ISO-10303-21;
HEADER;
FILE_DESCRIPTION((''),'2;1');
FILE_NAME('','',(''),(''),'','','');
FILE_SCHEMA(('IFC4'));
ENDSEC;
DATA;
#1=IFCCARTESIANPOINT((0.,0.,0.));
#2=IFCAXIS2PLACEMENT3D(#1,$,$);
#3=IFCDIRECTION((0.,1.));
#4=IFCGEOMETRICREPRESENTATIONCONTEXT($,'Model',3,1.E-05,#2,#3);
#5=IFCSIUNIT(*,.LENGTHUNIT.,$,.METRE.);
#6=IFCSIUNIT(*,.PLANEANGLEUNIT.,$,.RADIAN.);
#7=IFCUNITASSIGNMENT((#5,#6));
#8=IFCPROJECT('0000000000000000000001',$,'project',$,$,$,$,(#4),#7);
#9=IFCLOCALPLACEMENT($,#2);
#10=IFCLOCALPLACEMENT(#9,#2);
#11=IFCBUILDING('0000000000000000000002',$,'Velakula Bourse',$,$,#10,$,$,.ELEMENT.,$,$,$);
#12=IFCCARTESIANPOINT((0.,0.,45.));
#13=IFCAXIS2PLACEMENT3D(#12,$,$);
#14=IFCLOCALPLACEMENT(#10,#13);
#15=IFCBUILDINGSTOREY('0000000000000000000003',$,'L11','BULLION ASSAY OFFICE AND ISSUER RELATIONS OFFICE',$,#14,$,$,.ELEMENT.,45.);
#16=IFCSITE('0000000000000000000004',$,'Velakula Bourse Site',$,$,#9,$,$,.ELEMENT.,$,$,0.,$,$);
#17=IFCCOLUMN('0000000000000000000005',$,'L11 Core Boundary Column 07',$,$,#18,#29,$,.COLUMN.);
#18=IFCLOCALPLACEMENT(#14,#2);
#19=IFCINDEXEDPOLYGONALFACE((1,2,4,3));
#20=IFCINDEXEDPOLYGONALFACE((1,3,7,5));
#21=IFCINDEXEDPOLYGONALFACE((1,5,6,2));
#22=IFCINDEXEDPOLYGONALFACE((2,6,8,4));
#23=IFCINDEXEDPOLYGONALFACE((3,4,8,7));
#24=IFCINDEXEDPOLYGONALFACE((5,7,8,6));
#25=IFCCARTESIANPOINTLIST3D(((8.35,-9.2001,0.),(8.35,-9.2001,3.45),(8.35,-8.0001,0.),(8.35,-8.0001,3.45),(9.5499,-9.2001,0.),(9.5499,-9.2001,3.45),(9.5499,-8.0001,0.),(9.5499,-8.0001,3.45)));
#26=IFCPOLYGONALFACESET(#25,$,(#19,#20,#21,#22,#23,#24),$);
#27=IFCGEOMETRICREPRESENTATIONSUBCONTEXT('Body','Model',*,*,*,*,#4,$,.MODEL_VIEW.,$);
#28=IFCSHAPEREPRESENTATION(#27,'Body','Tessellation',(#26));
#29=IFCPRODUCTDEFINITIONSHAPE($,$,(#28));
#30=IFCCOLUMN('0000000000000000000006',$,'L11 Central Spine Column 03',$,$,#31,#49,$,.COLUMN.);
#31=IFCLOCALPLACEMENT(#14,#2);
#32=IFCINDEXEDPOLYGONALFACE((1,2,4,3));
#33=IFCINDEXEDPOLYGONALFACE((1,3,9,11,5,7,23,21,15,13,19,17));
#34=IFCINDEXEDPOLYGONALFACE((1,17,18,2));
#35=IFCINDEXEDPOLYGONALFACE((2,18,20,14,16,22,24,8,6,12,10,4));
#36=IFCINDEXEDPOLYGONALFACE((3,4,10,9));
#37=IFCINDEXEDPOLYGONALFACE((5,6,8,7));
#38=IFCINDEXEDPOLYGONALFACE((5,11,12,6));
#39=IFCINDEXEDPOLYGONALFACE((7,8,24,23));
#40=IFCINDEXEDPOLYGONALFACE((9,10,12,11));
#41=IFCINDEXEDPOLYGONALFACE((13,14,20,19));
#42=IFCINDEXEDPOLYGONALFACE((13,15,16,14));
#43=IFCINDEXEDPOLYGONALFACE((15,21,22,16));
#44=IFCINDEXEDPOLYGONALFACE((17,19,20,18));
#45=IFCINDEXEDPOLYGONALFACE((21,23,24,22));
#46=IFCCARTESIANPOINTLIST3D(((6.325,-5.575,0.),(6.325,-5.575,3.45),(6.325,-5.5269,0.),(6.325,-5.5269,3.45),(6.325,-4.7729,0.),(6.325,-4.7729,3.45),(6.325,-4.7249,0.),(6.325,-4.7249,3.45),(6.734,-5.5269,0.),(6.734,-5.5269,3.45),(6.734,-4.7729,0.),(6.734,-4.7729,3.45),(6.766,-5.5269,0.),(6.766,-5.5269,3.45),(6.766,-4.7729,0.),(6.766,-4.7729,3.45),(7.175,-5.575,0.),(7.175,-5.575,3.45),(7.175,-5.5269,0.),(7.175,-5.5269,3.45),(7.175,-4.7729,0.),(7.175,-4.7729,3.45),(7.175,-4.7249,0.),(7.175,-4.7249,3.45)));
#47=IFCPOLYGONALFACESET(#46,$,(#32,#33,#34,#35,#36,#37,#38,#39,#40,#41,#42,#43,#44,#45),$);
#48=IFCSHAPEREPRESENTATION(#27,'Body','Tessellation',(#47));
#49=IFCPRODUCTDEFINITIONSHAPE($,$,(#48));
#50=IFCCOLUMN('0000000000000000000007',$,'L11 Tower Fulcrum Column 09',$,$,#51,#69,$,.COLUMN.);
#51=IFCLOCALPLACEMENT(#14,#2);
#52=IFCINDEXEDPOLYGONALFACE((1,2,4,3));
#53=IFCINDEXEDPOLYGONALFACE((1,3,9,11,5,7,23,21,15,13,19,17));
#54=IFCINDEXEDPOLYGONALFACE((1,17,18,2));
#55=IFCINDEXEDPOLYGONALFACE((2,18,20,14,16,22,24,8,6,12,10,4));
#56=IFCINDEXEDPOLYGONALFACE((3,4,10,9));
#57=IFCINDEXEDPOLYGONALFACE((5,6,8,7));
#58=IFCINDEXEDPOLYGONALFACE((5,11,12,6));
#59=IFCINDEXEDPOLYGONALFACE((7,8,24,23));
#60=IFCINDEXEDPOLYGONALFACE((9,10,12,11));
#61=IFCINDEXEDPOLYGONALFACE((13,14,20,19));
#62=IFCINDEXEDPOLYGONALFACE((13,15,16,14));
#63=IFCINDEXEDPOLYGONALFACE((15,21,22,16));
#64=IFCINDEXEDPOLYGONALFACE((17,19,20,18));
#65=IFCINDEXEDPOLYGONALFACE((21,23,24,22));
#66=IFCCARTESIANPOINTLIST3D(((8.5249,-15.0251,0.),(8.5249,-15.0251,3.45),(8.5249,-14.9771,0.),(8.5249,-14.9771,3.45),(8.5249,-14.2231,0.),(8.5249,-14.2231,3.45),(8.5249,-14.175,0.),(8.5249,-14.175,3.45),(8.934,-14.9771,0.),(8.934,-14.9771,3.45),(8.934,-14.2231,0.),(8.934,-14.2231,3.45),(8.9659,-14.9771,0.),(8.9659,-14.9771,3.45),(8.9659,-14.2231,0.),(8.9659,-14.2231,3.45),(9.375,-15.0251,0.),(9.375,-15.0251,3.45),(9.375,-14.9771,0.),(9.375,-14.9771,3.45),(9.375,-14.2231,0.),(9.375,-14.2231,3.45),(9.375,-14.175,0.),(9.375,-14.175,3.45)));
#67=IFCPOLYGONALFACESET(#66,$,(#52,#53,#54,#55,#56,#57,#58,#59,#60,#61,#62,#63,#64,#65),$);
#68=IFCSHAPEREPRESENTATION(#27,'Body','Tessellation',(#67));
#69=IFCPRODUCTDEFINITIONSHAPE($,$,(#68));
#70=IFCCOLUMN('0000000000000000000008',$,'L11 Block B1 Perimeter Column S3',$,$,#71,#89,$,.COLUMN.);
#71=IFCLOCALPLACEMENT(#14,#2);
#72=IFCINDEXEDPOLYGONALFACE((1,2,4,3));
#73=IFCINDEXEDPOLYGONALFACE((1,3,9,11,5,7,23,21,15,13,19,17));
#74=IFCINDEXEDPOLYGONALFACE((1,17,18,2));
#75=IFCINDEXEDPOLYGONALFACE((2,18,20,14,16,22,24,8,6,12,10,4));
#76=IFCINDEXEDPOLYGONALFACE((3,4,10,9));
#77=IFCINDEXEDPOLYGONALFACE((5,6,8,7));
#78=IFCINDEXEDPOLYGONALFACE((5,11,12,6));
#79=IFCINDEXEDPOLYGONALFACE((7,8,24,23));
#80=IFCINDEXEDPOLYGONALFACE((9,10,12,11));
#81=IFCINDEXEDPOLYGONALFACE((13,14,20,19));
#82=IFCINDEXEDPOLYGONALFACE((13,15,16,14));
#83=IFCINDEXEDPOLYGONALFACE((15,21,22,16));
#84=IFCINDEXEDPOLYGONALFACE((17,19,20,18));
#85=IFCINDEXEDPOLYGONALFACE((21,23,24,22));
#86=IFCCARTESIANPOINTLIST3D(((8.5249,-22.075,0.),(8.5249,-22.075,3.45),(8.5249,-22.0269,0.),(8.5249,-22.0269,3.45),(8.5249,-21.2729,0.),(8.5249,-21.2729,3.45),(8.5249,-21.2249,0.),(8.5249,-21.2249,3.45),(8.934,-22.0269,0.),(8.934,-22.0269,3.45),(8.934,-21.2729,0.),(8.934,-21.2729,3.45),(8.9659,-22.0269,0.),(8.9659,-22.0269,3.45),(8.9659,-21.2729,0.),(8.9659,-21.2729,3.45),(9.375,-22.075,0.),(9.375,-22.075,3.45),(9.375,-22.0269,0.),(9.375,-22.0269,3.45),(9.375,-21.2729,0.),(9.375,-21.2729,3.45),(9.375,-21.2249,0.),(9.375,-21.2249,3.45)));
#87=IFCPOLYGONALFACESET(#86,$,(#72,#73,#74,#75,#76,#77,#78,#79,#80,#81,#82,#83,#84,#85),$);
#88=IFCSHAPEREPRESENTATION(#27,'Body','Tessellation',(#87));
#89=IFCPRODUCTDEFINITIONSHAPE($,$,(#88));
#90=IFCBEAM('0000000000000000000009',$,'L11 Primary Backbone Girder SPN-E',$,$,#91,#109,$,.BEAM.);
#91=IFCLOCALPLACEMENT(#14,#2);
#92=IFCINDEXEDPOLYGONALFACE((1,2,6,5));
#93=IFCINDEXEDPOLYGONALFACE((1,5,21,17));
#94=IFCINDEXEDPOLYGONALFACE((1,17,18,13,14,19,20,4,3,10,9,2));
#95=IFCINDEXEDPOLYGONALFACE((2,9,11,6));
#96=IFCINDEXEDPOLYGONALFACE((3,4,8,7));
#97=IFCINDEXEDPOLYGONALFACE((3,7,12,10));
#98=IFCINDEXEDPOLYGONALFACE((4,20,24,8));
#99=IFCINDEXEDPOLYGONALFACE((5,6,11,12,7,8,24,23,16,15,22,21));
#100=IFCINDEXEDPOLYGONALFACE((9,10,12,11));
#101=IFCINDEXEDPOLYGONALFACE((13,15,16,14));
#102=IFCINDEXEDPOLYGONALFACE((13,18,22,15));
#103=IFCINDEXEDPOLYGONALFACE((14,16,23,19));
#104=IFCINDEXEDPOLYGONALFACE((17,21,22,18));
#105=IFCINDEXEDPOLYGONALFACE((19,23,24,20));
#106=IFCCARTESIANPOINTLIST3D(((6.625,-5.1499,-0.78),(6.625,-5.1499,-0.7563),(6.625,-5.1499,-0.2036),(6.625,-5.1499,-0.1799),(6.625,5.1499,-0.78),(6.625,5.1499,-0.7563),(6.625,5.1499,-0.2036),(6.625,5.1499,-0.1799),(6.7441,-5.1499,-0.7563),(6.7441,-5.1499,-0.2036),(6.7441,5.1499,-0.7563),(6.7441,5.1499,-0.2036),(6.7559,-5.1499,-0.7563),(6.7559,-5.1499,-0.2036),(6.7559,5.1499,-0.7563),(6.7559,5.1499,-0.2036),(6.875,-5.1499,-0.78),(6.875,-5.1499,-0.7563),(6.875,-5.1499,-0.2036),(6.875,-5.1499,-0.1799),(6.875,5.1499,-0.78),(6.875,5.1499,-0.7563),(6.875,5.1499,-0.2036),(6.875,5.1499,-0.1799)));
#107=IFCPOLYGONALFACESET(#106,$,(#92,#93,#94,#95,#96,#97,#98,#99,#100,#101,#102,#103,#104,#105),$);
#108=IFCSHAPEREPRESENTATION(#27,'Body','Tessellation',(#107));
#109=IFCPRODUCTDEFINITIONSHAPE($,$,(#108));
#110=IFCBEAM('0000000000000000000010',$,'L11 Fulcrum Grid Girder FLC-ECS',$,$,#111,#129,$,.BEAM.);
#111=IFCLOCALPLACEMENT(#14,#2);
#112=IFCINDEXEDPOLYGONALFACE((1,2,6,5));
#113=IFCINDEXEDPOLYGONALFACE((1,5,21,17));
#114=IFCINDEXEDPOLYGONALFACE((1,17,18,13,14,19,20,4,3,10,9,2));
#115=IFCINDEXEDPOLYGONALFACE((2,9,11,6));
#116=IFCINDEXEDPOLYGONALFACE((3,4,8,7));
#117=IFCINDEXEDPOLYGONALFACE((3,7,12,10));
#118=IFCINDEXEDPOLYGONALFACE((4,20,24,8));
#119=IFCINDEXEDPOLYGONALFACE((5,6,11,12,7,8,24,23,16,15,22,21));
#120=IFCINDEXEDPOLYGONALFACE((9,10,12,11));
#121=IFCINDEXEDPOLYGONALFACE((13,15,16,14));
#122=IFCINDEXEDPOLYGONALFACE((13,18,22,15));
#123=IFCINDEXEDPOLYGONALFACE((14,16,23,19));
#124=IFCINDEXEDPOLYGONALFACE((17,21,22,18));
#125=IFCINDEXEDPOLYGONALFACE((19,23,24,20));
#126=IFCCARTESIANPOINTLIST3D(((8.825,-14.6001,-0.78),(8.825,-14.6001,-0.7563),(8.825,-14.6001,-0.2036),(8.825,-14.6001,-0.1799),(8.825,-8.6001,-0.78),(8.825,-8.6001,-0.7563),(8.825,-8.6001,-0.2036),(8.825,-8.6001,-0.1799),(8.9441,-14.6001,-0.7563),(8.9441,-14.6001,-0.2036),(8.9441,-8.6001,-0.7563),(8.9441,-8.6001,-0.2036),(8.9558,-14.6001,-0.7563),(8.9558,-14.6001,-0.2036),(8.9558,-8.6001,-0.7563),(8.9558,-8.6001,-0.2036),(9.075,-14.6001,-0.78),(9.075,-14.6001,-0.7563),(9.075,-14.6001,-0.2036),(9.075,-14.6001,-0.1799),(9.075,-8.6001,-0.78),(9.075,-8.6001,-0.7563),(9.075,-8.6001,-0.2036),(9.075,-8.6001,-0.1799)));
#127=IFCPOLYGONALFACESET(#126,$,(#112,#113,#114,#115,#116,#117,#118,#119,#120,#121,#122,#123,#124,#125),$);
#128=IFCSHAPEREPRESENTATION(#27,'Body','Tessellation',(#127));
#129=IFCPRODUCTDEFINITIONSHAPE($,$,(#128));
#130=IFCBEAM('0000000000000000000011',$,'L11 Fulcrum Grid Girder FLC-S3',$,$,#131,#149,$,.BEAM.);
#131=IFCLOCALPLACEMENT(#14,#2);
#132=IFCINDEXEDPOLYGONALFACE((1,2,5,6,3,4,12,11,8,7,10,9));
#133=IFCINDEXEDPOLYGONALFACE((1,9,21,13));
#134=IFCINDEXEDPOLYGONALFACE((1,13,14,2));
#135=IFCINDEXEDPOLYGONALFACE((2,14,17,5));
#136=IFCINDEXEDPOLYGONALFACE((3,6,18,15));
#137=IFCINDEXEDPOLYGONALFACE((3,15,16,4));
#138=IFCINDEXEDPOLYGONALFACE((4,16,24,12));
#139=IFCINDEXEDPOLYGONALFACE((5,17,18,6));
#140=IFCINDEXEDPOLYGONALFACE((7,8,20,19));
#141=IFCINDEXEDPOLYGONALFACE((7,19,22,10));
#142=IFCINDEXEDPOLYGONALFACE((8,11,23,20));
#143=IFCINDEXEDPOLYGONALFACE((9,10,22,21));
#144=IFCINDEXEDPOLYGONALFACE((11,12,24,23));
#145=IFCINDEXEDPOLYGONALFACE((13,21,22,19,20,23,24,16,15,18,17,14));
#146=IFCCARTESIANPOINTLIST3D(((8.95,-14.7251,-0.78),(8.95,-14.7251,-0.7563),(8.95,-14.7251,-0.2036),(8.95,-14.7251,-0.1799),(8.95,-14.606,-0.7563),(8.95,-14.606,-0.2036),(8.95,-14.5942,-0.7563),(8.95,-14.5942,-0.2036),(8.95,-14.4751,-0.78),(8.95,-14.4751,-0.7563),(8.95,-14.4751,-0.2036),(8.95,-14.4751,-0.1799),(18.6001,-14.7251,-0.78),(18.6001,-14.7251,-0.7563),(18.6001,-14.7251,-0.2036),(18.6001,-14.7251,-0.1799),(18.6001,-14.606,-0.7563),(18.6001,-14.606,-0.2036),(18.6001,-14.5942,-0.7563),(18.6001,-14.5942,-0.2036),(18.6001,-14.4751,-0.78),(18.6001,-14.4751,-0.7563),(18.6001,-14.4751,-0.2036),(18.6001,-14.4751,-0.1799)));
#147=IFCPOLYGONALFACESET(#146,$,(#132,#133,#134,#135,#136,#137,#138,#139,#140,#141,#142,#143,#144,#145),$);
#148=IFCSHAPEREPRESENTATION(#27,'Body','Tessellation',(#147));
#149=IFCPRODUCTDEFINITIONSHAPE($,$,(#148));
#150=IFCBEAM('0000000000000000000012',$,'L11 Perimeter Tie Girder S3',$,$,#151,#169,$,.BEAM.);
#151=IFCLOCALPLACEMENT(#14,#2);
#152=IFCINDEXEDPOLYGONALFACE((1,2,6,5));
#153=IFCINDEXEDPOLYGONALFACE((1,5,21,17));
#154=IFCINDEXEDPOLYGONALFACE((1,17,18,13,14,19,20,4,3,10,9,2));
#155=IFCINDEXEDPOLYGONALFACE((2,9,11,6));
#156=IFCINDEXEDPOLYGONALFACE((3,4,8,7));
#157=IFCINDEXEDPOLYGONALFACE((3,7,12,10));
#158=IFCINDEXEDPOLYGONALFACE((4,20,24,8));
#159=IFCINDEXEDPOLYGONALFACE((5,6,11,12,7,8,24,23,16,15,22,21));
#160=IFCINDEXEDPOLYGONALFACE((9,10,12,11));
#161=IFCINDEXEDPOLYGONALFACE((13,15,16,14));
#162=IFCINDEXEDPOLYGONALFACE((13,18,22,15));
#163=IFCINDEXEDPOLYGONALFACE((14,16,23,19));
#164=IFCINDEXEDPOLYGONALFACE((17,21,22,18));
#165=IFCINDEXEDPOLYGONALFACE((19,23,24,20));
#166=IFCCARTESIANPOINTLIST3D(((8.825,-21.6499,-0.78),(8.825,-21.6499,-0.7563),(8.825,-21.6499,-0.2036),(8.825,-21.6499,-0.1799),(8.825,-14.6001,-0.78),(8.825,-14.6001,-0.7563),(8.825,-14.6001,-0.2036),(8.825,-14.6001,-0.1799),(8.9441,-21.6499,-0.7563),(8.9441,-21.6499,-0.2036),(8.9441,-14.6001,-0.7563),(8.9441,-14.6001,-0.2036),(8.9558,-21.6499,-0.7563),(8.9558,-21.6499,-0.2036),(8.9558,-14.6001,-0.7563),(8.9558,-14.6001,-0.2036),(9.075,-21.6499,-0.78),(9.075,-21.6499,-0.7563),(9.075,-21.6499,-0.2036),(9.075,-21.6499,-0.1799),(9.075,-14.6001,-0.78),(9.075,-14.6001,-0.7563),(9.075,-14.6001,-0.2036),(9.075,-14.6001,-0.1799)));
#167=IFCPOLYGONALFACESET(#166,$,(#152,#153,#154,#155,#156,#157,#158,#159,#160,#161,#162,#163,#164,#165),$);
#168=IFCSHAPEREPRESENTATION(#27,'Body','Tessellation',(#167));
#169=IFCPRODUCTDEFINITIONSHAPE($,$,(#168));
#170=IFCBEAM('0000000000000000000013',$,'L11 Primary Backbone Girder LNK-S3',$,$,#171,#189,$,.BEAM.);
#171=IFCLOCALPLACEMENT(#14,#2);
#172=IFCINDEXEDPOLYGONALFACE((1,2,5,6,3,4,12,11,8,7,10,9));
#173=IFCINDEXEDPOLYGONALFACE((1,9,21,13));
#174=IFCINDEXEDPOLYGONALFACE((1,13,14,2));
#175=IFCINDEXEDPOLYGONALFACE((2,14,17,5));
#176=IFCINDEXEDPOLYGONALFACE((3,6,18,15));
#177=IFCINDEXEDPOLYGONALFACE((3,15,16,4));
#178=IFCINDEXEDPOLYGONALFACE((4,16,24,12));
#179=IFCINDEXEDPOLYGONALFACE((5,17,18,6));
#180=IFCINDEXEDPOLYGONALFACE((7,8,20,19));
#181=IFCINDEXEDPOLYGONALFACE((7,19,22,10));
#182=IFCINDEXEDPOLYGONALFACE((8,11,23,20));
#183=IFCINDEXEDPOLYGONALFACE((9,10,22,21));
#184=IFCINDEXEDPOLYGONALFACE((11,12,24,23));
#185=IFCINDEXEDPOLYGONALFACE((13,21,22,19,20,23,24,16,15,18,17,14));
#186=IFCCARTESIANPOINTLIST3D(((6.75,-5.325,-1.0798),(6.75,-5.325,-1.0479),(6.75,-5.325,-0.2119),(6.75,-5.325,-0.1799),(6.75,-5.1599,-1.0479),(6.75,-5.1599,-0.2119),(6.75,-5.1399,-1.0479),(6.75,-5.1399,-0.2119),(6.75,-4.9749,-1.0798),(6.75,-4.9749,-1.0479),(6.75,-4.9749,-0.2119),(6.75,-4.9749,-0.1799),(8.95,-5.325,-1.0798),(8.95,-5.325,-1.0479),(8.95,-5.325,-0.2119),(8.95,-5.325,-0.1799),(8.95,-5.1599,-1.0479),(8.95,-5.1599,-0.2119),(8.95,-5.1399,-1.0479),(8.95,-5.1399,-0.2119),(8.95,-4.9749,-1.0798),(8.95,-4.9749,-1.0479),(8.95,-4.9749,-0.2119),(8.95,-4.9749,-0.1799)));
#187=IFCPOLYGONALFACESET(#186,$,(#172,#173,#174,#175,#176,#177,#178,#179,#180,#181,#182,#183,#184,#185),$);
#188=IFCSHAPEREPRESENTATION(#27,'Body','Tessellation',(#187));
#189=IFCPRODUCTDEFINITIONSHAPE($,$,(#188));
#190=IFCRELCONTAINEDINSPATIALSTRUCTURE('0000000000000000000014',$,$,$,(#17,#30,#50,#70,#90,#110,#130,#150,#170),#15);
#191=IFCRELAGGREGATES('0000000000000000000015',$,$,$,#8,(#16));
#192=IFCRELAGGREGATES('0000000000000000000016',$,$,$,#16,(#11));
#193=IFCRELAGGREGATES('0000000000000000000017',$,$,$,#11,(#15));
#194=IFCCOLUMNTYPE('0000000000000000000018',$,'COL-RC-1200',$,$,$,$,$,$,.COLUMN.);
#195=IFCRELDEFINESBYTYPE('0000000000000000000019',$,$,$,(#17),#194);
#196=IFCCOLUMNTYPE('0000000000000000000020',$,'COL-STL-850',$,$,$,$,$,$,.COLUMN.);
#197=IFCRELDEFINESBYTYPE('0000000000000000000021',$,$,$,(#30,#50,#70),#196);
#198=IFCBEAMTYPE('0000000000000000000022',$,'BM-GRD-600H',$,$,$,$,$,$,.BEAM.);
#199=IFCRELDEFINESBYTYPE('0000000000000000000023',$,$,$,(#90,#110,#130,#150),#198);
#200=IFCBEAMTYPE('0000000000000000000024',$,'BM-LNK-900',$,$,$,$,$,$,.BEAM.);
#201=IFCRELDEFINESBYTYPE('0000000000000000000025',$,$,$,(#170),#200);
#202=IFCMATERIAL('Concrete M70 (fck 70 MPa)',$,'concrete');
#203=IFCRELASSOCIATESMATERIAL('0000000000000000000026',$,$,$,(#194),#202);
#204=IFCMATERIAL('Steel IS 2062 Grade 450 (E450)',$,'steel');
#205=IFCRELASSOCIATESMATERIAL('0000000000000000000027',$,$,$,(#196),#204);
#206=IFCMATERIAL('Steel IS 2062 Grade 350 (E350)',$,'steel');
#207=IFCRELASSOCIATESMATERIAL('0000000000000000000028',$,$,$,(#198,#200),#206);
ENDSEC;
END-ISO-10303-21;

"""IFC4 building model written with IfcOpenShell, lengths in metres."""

from ifc_helpers import new_model, si_unit, direction, frame, origin, origin_2d, place, context, subcontext, project, spatial, rectangle, i_section, extrude, material, material_profile, profile_set, type_object, element, save


model = new_model("IFC4")

# Units and contexts
model_context = context("Model", 3, precision=1e-05, world=origin(), true_north=direction((0.0, 1.0)))
body_context = subcontext(model_context, "Body", "Model", "MODEL_VIEW")
ifc_project = project(units=[si_unit("LENGTHUNIT", "METRE"), si_unit("PLANEANGLEUNIT", "RADIAN")], contexts=[model_context])

# Site, building, storey
site_placement = place(None, origin())
site = spatial("IfcSite", under=ifc_project, at=site_placement, Name="Velakula Bourse Site", CompositionType="ELEMENT", RefElevation=0.0)
building_placement = place(site_placement, origin())
building = spatial("IfcBuilding", under=site, at=building_placement, Name="Velakula Bourse", CompositionType="ELEMENT")
storey_placement = place(building_placement, frame((0.0, 0.0, 45.0)))
storey = spatial("IfcBuildingStorey", under=building, at=storey_placement, Name="L11", Description="BULLION ASSAY OFFICE AND ISSUER RELATIONS OFFICE", CompositionType="ELEMENT", Elevation=45.0)

# Columns
ifc_material_1 = material(Name="Concrete M70 (fck 70 MPa)", Category="concrete")
ifc_material_profile_1 = material_profile(ifc_material_1, rectangle(XDim=1.2, YDim=1.2, at=origin_2d()), Name="Concrete M70 (fck 70 MPa)")
ifc_profile_set_1 = profile_set([ifc_material_profile_1], Name="Concrete M70 (fck 70 MPa)")
column_type_1 = type_object("IfcColumnType", Name="COL-RC-1200", PredefinedType="COLUMN", material=ifc_profile_set_1)
column_placement = place(storey_placement, frame((8.95, -8.6001, 0.0), z_axis=(0.0, 0.0, 1.0), x_axis=(1.0, 0.0, 0.0)))
element("IfcColumn", 1, at=column_placement, inside=storey, type_object=column_type_1, Name="L11 Core Boundary Column 07", PredefinedType="COLUMN", context=body_context, shape_type="SweptSolid", body=[
    extrude(rectangle(XDim=1.2, YDim=1.2, at=origin_2d()), origin(), (0.0, 0.0, 1.0), 3.45),
])
ifc_material_2 = material(Name="Steel IS 2062 Grade 450 (E450)", Category="steel")
ifc_material_profile_2 = material_profile(ifc_material_2, i_section(OverallWidth=0.8501, OverallDepth=0.8501, WebThickness=0.032, FlangeThickness=0.0481, at=origin_2d()), Name="Steel IS 2062 Grade 450 (E450)")
ifc_profile_set_2 = profile_set([ifc_material_profile_2], Name="Steel IS 2062 Grade 450 (E450)")
column_type_2 = type_object("IfcColumnType", Name="COL-STL-850", PredefinedType="COLUMN", material=ifc_profile_set_2)
for number, where, z_axis, x_axis, name in (
    (2, (6.75, -5.1499, 0.0), (0.0, 0.0, 1.0), (1.0, 0.0, 0.0), "L11 Central Spine Column 03"),
    (3, (8.95, -14.6001, 0.0), (0.0, 0.0, 1.0), (1.0, 0.0, 0.0), "L11 Tower Fulcrum Column 09"),
    (4, (8.95, -21.6499, 0.0), (0.0, 0.0, 1.0), (1.0, 0.0, 0.0), "L11 Block B1 Perimeter Column S3"),
):
    element("IfcColumn", number, at=place(storey_placement, frame(where, z_axis=z_axis, x_axis=x_axis)), inside=storey, type_object=column_type_2, Name=name, PredefinedType="COLUMN", context=body_context, shape_type="SweptSolid", body=[
        extrude(i_section(OverallWidth=0.8501, OverallDepth=0.8501, WebThickness=0.032, FlangeThickness=0.0481, at=origin_2d()), origin(), (0.0, 0.0, 1.0), 3.45),
    ])

# Beams
ifc_material_3 = material(Name="Steel IS 2062 Grade 350 (E350)", Category="steel")
ifc_material_profile_3 = material_profile(ifc_material_3, i_section(OverallWidth=0.25, OverallDepth=0.6001, WebThickness=0.0117, FlangeThickness=0.0237, at=origin_2d()), Name="Steel IS 2062 Grade 350 (E350)")
ifc_profile_set_3 = profile_set([ifc_material_profile_3], Name="Steel IS 2062 Grade 350 (E350)")
beam_type_1 = type_object("IfcBeamType", Name="BM-GRD-600H", PredefinedType="BEAM", material=ifc_profile_set_3)
beam_1_placement = place(storey_placement, frame((6.75, -5.1499, -0.48), z_axis=(0.0, 1.0, 0.0), x_axis=(-1.0, 0.0, 0.0)))
element("IfcBeam", 5, at=beam_1_placement, inside=storey, type_object=beam_type_1, Name="L11 Primary Backbone Girder SPN-E", PredefinedType="BEAM", context=body_context, shape_type="SweptSolid", body=[
    extrude(i_section(OverallWidth=0.25, OverallDepth=0.6001, WebThickness=0.0117, FlangeThickness=0.0237, at=origin_2d()), origin(), (0.0, 0.0, 1.0), 10.2998),
])
beam_2_placement = place(storey_placement, frame((8.95, -14.6001, -0.48), z_axis=(0.0, 1.0, 0.0), x_axis=(-1.0, 0.0, 0.0)))
element("IfcBeam", 6, at=beam_2_placement, inside=storey, type_object=beam_type_1, Name="L11 Fulcrum Grid Girder FLC-ECS", PredefinedType="BEAM", context=body_context, shape_type="SweptSolid", body=[
    extrude(i_section(OverallWidth=0.25, OverallDepth=0.6001, WebThickness=0.0117, FlangeThickness=0.0237, at=origin_2d()), origin(), (0.0, 0.0, 1.0), 6.0),
])
beam_3_placement = place(storey_placement, frame((8.95, -14.6001, -0.48), z_axis=(1.0, 0.0, 0.0), x_axis=(0.0, 1.0, 0.0)))
element("IfcBeam", 7, at=beam_3_placement, inside=storey, type_object=beam_type_1, Name="L11 Fulcrum Grid Girder FLC-S3", PredefinedType="BEAM", context=body_context, shape_type="SweptSolid", body=[
    extrude(i_section(OverallWidth=0.25, OverallDepth=0.6001, WebThickness=0.0117, FlangeThickness=0.0237, at=origin_2d()), origin(), (0.0, 0.0, 1.0), 9.6501),
])
beam_4_placement = place(storey_placement, frame((8.95, -14.6001, -0.48), z_axis=(0.0, -1.0, 0.0), x_axis=(1.0, 0.0, 0.0)))
element("IfcBeam", 8, at=beam_4_placement, inside=storey, type_object=beam_type_1, Name="L11 Perimeter Tie Girder S3", PredefinedType="BEAM", context=body_context, shape_type="SweptSolid", body=[
    extrude(i_section(OverallWidth=0.25, OverallDepth=0.6001, WebThickness=0.0117, FlangeThickness=0.0237, at=origin_2d()), origin(), (0.0, 0.0, 1.0), 7.0498),
])
ifc_material_profile_4 = material_profile(ifc_material_3, i_section(OverallWidth=0.3501, OverallDepth=0.8999, WebThickness=0.02, FlangeThickness=0.032, at=origin_2d()), Name="Steel IS 2062 Grade 350 (E350)")
ifc_profile_set_4 = profile_set([ifc_material_profile_4], Name="Steel IS 2062 Grade 350 (E350)")
beam_type_2 = type_object("IfcBeamType", Name="BM-LNK-900", PredefinedType="BEAM", material=ifc_profile_set_4)
beam_5_placement = place(storey_placement, frame((6.75, -5.1499, -0.6299), z_axis=(1.0, 0.0, 0.0), x_axis=(0.0, 1.0, 0.0)))
element("IfcBeam", 9, at=beam_5_placement, inside=storey, type_object=beam_type_2, Name="L11 Primary Backbone Girder LNK-S3", PredefinedType="BEAM", context=body_context, shape_type="SweptSolid", body=[
    extrude(i_section(OverallWidth=0.3501, OverallDepth=0.8999, WebThickness=0.02, FlangeThickness=0.032, at=origin_2d()), origin(), (0.0, 0.0, 1.0), 2.2),
])

save(model, "model.ifc")
